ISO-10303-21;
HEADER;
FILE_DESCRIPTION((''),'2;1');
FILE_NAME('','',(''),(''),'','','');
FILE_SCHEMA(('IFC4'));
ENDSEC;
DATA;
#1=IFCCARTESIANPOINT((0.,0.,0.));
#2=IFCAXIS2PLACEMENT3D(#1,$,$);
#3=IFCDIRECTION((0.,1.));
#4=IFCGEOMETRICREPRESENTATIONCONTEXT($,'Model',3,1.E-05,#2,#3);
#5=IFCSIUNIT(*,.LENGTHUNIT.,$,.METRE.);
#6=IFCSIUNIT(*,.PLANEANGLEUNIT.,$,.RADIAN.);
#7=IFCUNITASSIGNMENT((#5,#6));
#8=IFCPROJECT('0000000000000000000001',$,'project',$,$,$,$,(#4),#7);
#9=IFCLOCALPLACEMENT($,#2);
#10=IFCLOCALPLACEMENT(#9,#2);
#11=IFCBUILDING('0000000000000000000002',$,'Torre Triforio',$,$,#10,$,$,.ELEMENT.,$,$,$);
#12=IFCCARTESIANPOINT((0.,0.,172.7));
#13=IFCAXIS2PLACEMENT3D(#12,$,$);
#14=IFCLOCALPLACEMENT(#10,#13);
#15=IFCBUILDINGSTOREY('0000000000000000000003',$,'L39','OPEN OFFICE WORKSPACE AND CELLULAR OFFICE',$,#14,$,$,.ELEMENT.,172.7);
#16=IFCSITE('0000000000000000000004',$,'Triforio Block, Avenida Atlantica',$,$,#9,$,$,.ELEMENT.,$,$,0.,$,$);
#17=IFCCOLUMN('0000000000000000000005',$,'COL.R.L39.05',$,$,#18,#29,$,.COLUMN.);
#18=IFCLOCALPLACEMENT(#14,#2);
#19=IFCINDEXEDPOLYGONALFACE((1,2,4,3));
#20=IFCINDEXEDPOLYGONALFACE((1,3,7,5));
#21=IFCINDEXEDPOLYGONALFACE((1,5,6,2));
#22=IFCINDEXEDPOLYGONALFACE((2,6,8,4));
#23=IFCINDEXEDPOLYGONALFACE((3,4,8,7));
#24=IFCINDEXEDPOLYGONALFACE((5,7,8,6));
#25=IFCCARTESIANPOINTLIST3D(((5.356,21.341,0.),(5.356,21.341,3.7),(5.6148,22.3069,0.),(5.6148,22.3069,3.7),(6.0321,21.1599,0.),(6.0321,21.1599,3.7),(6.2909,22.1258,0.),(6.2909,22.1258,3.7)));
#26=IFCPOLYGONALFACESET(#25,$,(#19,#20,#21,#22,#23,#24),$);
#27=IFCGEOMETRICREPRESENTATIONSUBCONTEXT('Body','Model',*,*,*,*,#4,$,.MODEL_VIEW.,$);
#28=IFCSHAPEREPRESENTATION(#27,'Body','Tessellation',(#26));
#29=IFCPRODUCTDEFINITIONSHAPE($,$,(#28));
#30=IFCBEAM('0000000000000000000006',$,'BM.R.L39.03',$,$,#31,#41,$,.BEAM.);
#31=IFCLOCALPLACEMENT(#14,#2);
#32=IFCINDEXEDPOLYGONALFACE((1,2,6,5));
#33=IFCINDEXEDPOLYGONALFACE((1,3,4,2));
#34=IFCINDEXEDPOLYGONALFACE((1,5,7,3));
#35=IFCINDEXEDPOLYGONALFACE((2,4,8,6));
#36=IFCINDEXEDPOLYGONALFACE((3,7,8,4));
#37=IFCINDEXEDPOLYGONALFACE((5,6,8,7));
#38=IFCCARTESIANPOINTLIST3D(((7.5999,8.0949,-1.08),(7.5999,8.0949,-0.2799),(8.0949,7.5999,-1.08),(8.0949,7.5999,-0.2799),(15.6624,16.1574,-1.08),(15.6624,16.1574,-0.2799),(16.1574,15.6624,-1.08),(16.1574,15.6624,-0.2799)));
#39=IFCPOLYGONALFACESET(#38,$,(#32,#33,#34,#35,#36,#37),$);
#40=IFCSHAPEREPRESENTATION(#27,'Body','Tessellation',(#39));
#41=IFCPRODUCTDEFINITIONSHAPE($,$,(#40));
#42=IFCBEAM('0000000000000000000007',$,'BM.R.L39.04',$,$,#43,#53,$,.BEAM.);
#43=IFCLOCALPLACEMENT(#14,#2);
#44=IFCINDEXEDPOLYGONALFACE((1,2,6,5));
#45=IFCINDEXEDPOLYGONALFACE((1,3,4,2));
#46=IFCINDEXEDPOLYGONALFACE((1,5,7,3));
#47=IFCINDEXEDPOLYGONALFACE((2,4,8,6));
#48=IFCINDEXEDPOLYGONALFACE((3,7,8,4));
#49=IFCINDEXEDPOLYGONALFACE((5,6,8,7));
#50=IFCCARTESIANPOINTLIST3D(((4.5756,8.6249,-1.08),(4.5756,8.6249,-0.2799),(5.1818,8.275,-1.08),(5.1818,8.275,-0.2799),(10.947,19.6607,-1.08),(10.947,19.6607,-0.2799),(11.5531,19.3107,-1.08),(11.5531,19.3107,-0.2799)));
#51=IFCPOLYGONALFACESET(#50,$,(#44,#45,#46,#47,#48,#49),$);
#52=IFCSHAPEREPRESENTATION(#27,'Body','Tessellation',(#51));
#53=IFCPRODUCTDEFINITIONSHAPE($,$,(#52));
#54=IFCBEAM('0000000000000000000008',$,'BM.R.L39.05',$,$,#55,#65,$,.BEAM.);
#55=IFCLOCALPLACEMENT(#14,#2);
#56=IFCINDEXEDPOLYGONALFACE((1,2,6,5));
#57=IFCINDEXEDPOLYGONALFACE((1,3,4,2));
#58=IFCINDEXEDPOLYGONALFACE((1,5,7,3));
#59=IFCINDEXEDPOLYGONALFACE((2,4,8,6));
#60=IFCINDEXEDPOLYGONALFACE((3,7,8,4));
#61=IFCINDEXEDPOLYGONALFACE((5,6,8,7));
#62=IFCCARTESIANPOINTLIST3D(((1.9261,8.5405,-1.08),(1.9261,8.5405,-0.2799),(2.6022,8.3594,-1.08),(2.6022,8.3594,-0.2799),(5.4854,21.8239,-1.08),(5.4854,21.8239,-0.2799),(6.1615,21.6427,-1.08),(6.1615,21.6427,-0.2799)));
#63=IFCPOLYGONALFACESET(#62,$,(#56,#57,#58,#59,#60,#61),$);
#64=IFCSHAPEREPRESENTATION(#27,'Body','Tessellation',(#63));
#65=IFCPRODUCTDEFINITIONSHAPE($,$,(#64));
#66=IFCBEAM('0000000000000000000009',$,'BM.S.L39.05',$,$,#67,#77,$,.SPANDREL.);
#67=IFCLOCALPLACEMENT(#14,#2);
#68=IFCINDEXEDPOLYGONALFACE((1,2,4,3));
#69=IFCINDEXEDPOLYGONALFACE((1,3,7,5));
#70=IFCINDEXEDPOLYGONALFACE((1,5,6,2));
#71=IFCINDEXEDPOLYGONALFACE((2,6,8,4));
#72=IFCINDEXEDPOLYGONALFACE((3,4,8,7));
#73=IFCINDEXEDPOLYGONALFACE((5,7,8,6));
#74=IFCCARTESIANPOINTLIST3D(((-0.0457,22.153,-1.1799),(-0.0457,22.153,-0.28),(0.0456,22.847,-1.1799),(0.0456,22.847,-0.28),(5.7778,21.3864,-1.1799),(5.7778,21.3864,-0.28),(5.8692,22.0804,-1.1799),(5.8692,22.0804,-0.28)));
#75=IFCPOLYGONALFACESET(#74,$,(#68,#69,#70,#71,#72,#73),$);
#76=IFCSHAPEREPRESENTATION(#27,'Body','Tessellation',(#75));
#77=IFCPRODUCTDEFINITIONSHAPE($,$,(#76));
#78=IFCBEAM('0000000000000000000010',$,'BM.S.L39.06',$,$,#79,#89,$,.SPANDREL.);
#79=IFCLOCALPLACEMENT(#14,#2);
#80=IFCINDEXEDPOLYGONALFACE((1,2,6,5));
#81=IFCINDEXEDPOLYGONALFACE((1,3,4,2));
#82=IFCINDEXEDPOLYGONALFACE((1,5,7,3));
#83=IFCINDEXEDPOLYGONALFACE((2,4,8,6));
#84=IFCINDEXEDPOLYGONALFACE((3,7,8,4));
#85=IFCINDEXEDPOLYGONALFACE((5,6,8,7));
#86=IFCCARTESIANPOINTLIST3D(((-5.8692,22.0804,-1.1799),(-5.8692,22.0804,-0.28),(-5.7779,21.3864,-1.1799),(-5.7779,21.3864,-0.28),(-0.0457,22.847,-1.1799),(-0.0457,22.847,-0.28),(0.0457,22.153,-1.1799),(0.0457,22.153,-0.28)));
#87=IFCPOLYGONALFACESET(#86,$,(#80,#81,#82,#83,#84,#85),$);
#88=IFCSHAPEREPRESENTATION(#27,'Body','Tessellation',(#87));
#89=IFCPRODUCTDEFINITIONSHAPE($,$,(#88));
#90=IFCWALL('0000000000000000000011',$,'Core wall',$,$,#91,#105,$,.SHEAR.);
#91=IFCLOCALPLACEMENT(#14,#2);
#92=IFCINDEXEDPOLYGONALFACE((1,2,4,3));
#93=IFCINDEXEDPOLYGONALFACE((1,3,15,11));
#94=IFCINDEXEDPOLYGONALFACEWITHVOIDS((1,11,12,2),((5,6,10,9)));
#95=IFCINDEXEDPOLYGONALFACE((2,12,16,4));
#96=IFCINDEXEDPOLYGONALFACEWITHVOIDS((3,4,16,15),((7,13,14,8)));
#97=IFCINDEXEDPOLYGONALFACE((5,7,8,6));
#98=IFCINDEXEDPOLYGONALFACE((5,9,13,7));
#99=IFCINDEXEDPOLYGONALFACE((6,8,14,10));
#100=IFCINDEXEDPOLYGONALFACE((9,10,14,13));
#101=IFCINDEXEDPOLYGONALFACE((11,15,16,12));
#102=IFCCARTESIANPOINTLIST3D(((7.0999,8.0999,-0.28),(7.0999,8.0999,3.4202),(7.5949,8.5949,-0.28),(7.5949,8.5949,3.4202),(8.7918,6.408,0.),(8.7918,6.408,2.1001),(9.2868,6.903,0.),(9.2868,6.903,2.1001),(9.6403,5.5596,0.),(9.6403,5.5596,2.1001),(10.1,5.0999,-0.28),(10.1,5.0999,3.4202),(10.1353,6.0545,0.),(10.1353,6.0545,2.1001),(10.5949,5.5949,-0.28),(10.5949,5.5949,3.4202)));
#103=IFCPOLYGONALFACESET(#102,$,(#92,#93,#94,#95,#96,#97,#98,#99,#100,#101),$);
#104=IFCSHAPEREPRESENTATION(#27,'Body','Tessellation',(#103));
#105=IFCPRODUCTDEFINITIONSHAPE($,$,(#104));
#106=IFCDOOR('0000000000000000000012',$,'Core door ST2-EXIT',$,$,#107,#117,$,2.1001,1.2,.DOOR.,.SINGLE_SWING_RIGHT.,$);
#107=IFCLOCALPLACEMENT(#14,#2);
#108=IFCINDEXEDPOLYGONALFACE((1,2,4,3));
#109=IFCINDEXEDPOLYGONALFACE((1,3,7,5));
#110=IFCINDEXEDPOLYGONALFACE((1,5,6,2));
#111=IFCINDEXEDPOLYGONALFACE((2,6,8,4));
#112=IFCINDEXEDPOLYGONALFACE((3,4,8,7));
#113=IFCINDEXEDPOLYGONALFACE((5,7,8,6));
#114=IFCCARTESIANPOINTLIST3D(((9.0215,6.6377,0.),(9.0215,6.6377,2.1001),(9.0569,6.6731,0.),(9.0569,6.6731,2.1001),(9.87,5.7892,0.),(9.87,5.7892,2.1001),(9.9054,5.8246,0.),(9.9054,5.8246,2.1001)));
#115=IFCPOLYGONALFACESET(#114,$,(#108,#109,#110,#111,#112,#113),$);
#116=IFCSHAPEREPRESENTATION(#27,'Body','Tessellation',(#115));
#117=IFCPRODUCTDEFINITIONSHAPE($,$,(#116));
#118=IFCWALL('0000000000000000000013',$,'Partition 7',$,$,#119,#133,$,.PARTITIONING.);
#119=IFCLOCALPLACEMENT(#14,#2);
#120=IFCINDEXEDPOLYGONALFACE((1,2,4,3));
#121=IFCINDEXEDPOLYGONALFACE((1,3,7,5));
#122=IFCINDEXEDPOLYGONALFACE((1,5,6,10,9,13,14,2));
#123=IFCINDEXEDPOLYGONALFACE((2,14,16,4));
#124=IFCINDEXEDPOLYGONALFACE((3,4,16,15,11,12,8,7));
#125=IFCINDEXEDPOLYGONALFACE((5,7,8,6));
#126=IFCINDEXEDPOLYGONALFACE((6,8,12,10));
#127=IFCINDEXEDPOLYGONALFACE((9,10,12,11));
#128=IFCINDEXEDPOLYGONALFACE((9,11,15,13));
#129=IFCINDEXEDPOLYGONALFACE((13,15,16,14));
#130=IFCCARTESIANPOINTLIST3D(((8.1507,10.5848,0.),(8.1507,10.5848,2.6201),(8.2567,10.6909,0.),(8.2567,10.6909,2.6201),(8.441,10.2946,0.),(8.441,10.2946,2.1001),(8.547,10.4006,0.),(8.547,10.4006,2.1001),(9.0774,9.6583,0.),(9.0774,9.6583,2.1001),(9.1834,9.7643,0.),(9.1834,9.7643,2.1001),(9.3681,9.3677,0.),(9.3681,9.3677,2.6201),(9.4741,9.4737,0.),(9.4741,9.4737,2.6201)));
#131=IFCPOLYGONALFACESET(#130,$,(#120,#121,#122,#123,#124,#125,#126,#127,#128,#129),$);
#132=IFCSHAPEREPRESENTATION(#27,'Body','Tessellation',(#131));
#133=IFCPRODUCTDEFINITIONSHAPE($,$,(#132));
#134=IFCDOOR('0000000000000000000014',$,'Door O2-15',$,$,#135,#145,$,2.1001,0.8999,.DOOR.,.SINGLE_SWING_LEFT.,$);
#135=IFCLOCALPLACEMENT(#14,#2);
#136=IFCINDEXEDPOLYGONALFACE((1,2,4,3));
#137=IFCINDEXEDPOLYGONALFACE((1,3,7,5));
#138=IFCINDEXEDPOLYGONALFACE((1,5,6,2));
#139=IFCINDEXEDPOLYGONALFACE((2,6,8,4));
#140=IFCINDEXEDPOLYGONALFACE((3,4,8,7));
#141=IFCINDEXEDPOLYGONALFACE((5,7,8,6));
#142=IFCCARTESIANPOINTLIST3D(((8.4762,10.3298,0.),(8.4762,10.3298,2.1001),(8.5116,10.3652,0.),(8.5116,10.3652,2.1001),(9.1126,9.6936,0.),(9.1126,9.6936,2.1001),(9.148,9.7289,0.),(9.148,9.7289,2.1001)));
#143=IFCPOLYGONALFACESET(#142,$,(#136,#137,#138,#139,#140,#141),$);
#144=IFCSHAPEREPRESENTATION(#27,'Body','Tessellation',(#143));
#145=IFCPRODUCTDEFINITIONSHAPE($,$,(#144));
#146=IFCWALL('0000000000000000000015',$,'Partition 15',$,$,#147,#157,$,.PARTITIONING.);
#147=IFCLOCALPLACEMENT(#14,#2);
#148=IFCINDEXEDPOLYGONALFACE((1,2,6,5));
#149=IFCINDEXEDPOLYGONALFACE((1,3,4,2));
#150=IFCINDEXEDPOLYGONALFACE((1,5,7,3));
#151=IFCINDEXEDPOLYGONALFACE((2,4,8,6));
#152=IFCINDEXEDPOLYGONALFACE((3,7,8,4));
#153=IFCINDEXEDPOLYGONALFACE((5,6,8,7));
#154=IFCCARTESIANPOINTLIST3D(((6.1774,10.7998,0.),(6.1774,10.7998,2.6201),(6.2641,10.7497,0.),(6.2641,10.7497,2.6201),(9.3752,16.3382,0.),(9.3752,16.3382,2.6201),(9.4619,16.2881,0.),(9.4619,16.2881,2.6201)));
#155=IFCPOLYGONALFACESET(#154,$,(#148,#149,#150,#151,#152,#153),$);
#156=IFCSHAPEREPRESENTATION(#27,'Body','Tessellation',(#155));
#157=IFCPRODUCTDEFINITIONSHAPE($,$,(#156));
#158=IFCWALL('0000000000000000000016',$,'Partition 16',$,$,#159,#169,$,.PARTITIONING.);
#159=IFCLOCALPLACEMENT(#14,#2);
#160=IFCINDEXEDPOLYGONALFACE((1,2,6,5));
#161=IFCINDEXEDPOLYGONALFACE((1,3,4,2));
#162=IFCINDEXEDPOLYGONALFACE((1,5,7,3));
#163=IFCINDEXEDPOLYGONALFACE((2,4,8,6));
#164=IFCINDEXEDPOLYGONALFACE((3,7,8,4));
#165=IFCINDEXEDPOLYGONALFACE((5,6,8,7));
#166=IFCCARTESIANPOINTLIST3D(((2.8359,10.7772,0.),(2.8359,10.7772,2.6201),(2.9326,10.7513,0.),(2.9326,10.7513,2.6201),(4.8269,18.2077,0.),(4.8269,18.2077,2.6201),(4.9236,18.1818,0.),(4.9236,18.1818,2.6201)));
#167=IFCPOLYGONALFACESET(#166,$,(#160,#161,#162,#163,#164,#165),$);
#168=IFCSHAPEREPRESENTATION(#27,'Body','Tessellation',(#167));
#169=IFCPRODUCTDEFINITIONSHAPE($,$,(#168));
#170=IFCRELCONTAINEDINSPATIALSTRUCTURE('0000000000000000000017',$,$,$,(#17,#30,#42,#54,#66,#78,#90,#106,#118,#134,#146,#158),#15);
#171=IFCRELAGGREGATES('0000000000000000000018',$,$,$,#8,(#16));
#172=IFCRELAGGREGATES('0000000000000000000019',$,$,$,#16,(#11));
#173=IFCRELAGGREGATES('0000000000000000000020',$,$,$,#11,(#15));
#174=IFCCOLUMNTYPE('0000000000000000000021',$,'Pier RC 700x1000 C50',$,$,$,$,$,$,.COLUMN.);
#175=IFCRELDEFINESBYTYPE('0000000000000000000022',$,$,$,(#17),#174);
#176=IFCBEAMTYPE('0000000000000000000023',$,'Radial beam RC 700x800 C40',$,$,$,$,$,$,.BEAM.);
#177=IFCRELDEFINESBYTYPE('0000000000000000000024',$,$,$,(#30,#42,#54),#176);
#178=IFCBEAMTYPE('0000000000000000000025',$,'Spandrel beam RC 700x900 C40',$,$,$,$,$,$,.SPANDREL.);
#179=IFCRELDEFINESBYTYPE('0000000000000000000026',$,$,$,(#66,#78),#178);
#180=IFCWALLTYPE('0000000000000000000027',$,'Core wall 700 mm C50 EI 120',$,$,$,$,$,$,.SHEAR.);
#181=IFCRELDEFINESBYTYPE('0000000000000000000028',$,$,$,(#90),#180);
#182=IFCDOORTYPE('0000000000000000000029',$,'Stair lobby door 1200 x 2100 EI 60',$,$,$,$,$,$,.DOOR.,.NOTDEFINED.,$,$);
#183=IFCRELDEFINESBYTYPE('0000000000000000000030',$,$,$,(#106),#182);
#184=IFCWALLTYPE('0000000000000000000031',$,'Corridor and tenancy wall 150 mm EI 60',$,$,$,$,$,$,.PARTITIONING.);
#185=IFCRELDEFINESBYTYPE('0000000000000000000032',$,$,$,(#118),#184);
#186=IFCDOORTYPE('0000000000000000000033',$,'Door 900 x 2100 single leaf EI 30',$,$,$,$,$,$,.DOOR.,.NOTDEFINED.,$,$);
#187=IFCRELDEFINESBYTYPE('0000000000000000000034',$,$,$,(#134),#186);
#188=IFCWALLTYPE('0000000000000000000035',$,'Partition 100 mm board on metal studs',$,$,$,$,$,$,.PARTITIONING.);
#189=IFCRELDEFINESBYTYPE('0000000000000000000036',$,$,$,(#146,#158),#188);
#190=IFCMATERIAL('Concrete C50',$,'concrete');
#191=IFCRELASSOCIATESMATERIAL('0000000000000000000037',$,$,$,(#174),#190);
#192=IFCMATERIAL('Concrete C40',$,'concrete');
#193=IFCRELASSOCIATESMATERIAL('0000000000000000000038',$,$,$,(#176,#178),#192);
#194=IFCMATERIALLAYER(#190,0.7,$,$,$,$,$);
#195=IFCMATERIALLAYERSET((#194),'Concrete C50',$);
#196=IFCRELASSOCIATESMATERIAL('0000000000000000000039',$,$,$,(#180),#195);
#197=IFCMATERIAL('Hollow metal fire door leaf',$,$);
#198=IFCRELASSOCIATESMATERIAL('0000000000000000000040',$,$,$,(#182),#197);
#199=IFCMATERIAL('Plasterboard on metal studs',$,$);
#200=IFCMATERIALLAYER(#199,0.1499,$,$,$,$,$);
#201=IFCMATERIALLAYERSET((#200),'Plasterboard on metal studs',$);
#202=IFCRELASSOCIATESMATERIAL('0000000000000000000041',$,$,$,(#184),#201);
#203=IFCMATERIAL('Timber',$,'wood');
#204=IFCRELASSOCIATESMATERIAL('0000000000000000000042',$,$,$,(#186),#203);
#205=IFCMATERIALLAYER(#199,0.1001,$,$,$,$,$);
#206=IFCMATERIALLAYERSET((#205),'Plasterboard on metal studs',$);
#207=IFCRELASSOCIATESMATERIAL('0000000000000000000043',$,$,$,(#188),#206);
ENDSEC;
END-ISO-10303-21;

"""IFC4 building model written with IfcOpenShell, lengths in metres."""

from ifc_helpers import new_model, si_unit, direction, frame, frame_2d, origin, origin_2d, place, context, subcontext, project, spatial, rectangle, extrude, material, layer, layer_set, material_profile, profile_set, type_object, element, fill, save


model = new_model("IFC4")

# Units and contexts
model_context = context("Model", 3, precision=1e-05, world=origin(), true_north=direction((0.0, 1.0)))
body_context = subcontext(model_context, "Body", "Model", "MODEL_VIEW")
ifc_project = project(units=[si_unit("LENGTHUNIT", "METRE"), si_unit("PLANEANGLEUNIT", "RADIAN")], contexts=[model_context])

# Site, building, storey
site_placement = place(None, origin())
site = spatial("IfcSite", under=ifc_project, at=site_placement, Name="Triforio Block, Avenida Atlantica", CompositionType="ELEMENT", RefElevation=0.0)
building_placement = place(site_placement, origin())
building = spatial("IfcBuilding", under=site, at=building_placement, Name="Torre Triforio", CompositionType="ELEMENT")
storey_placement = place(building_placement, frame((0.0, 0.0, 172.7)))
storey = spatial("IfcBuildingStorey", under=building, at=storey_placement, Name="L39", Description="OPEN OFFICE WORKSPACE AND CELLULAR OFFICE", CompositionType="ELEMENT", Elevation=172.7)

# Column
ifc_material_1 = material(Name="Concrete C50", Category="concrete")
ifc_material_profile_1 = material_profile(ifc_material_1, rectangle(XDim=0.7, YDim=1.0, at=origin_2d()), Name="RC 700x1000")
ifc_profile_set_1 = profile_set([ifc_material_profile_1], Name="Concrete C50")
column_type = type_object("IfcColumnType", Name="Pier RC 700x1000 C50", PredefinedType="COLUMN", material=ifc_profile_set_1)
column_placement = place(storey_placement, frame((5.8235, 21.7334, 0.0), z_axis=(0.0, 0.0, 1.0), x_axis=(-0.965926, 0.258819, 0.0)))
element("IfcColumn", 1, at=column_placement, inside=storey, type_object=column_type, Name="COL.R.L39.05", PredefinedType="COLUMN", context=body_context, shape_type="SweptSolid", body=[
    extrude(rectangle(XDim=0.7, YDim=1.0, at=origin_2d()), origin(), (0.0, 0.0, 1.0), 3.7),
])

# Beams
ifc_material_2 = material(Name="Concrete C40", Category="concrete")
ifc_material_profile_2 = material_profile(ifc_material_2, rectangle(XDim=0.7, YDim=0.8, at=origin_2d()), Name="RC 700x800")
ifc_profile_set_2 = profile_set([ifc_material_profile_2], Name="Concrete C40")
beam_type_1 = type_object("IfcBeamType", Name="Radial beam RC 700x800 C40", PredefinedType="BEAM", material=ifc_profile_set_2)
beam_1_placement = place(storey_placement, frame((7.8474, 7.8474, -0.6799), z_axis=(0.707107, 0.707107, 0.0), x_axis=(-0.707107, 0.707107, 0.0)))
element("IfcBeam", 2, at=beam_1_placement, inside=storey, type_object=beam_type_1, Name="BM.R.L39.03", PredefinedType="BEAM", context=body_context, shape_type="SweptSolid", body=[
    extrude(rectangle(XDim=0.7, YDim=0.8, at=origin_2d()), origin(), (0.0, 0.0, 1.0), 11.4021),
])
beam_2_placement = place(storey_placement, frame((4.8787, 8.45, -0.6799), z_axis=(0.499994, 0.866029, 0.0), x_axis=(-0.866029, 0.499994, 0.0)))
element("IfcBeam", 3, at=beam_2_placement, inside=storey, type_object=beam_type_1, Name="BM.R.L39.04", PredefinedType="BEAM", context=body_context, shape_type="SweptSolid", body=[
    extrude(rectangle(XDim=0.7, YDim=0.8, at=origin_2d()), origin(), (0.0, 0.0, 1.0), 12.7429),
])
beam_3_placement = place(storey_placement, frame((2.2642, 8.45, -0.6799), z_axis=(0.258822, 0.965925, 0.0), x_axis=(-0.965925, 0.258822, 0.0)))
element("IfcBeam", 4, at=beam_3_placement, inside=storey, type_object=beam_type_1, Name="BM.R.L39.05", PredefinedType="BEAM", context=body_context, shape_type="SweptSolid", body=[
    extrude(rectangle(XDim=0.7, YDim=0.8, at=origin_2d()), origin(), (0.0, 0.0, 1.0), 13.752),
])
ifc_material_profile_3 = material_profile(ifc_material_2, rectangle(XDim=0.7, YDim=0.8999, at=origin_2d()), Name="RC 700x900")
ifc_profile_set_3 = profile_set([ifc_material_profile_3], Name="Concrete C40")
beam_type_2 = type_object("IfcBeamType", Name="Spandrel beam RC 700x900 C40", PredefinedType="SPANDREL", material=ifc_profile_set_3)
for number, where, z_axis, x_axis, name in (
    (5, (5.8235, 21.7334, -0.73), (-0.991447, 0.130514, 0.0), (-0.130514, -0.991447, 0.0), "BM.S.L39.05"),
    (6, (0.0, 22.5, -0.73), (-0.991447, -0.130514, 0.0), (0.130514, -0.991447, 0.0), "BM.S.L39.06"),
):
    element("IfcBeam", number, at=place(storey_placement, frame(where, z_axis=z_axis, x_axis=x_axis)), inside=storey, type_object=beam_type_2, Name=name, PredefinedType="SPANDREL", context=body_context, shape_type="SweptSolid", body=[
        extrude(rectangle(XDim=0.7, YDim=0.8999, at=origin_2d()), origin(), (0.0, 0.0, 1.0), 5.8738),
    ])

# Walls, openings, doors
ifc_layer_1 = layer(ifc_material_1, 0.7)
ifc_layer_set_1 = layer_set([ifc_layer_1], Name="Concrete C50")
wall_type_1 = type_object("IfcWallType", Name="Core wall 700 mm C50 EI 120", PredefinedType="SHEAR", material=ifc_layer_set_1)
wall_1_placement = place(storey_placement, frame((7.3474, 8.3474, -0.28), z_axis=(0.0, 0.0, 1.0), x_axis=(0.707107, -0.707107, 0.0)))
wall_1 = element("IfcWall", 7, at=wall_1_placement, inside=storey, type_object=wall_type_1, Name="Core wall", PredefinedType="SHEAR", context=body_context, shape_type="SweptSolid", body=[
    extrude(rectangle(XDim=4.2427, YDim=0.7, at=frame_2d((2.1213, 0.0))), origin(), (0.0, 0.0, 1.0), 3.7002),
])
opening_1_placement = place(wall_1_placement, frame((2.3926, 0.0, 0.28)))
opening_1 = element("IfcOpeningElement", 8, at=opening_1_placement, cuts=wall_1, PredefinedType="OPENING", context=body_context, shape_type="SweptSolid", body=[
    extrude(rectangle(XDim=1.2, YDim=2.1001, at=frame_2d((0.6001, 1.05))), frame((0.0, 0.3599, 0.0), z_axis=(0.0, -1.0, 0.0), x_axis=(1.0, 0.0, 0.0)), (0.0, 0.0, 1.0), 0.72),
])
ifc_material_3 = material(Name="Hollow metal fire door leaf")
door_type_1 = type_object("IfcDoorType", Name="Stair lobby door 1200 x 2100 EI 60", OperationType="NOTDEFINED", PredefinedType="DOOR", material=ifc_material_3)
door_1_placement = place(opening_1_placement, origin())
door_1 = element("IfcDoor", 9, at=door_1_placement, inside=storey, type_object=door_type_1, Name="Core door ST2-EXIT", OperationType="SINGLE_SWING_RIGHT", OverallHeight=2.1001, OverallWidth=1.2, PredefinedType="DOOR", context=body_context, shape_type="SweptSolid", body=[
    extrude(rectangle(XDim=1.2, YDim=2.1001, at=frame_2d((0.6001, 1.05))), frame((0.0, 0.0249, 0.0), z_axis=(0.0, -1.0, 0.0), x_axis=(1.0, 0.0, 0.0)), (0.0, 0.0, 1.0), 0.05),
])
fill(opening_1, door_1)
ifc_material_4 = material(Name="Plasterboard on metal studs")
ifc_layer_2 = layer(ifc_material_4, 0.1499)
ifc_layer_set_2 = layer_set([ifc_layer_2], Name="Plasterboard on metal studs")
wall_type_2 = type_object("IfcWallType", Name="Corridor and tenancy wall 150 mm EI 60", PredefinedType="PARTITIONING", material=ifc_layer_set_2)
wall_2_placement = place(storey_placement, frame((8.2036, 10.6379, 0.0), z_axis=(0.0, 0.0, 1.0), x_axis=(0.707178, -0.707036, 0.0)))
wall_2 = element("IfcWall", 10, at=wall_2_placement, inside=storey, type_object=wall_type_2, Name="Partition 7", PredefinedType="PARTITIONING", context=body_context, shape_type="SweptSolid", body=[
    extrude(rectangle(XDim=1.7214, YDim=0.1499, at=frame_2d((0.8608, 0.0))), origin(), (0.0, 0.0, 1.0), 2.6201),
])
opening_2_placement = place(wall_2_placement, frame((0.4106, 0.0, 0.0)))
opening_2 = element("IfcOpeningElement", 11, at=opening_2_placement, cuts=wall_2, PredefinedType="OPENING", context=body_context, shape_type="SweptSolid", body=[
    extrude(rectangle(XDim=0.8999, YDim=2.1001, at=frame_2d((0.45, 1.05))), frame((0.0, 0.085, 0.0), z_axis=(0.0, -1.0, 0.0), x_axis=(1.0, 0.0, 0.0)), (0.0, 0.0, 1.0), 0.1699),
])
ifc_material_5 = material(Name="Timber", Category="wood")
door_type_2 = type_object("IfcDoorType", Name="Door 900 x 2100 single leaf EI 30", OperationType="NOTDEFINED", PredefinedType="DOOR", material=ifc_material_5)
door_2_placement = place(opening_2_placement, origin())
door_2 = element("IfcDoor", 12, at=door_2_placement, inside=storey, type_object=door_type_2, Name="Door O2-15", OperationType="SINGLE_SWING_LEFT", OverallHeight=2.1001, OverallWidth=0.8999, PredefinedType="DOOR", context=body_context, shape_type="SweptSolid", body=[
    extrude(rectangle(XDim=0.8999, YDim=2.1001, at=frame_2d((0.45, 1.05))), frame((0.0, 0.0249, 0.0), z_axis=(0.0, -1.0, 0.0), x_axis=(1.0, 0.0, 0.0)), (0.0, 0.0, 1.0), 0.05),
])
fill(opening_2, door_2)

# Walls
ifc_layer_3 = layer(ifc_material_4, 0.1001)
ifc_layer_set_3 = layer_set([ifc_layer_3], Name="Plasterboard on metal studs")
wall_type_3 = type_object("IfcWallType", Name="Partition 100 mm board on metal studs", PredefinedType="PARTITIONING", material=ifc_layer_set_3)
wall_3_placement = place(storey_placement, frame((6.2207, 10.7747, 0.0), z_axis=(0.0, 0.0, 1.0), x_axis=(0.500023, 0.866012, 0.0)))
element("IfcWall", 13, at=wall_3_placement, inside=storey, type_object=wall_type_3, Name="Partition 15", PredefinedType="PARTITIONING", context=body_context, shape_type="SweptSolid", body=[
    extrude(rectangle(XDim=6.3953, YDim=0.1001, at=frame_2d((3.1978, 0.0))), origin(), (0.0, 0.0, 1.0), 2.6201),
])
wall_4_placement = place(storey_placement, frame((2.8843, 10.7644, 0.0), z_axis=(0.0, 0.0, 1.0), x_axis=(0.258818, 0.965926, 0.0)))
element("IfcWall", 14, at=wall_4_placement, inside=storey, type_object=wall_type_3, Name="Partition 16", PredefinedType="PARTITIONING", context=body_context, shape_type="SweptSolid", body=[
    extrude(rectangle(XDim=7.6926, YDim=0.1001, at=frame_2d((3.8462, 0.0))), origin(), (0.0, 0.0, 1.0), 2.6201),
])

save(model, "model.ifc")
